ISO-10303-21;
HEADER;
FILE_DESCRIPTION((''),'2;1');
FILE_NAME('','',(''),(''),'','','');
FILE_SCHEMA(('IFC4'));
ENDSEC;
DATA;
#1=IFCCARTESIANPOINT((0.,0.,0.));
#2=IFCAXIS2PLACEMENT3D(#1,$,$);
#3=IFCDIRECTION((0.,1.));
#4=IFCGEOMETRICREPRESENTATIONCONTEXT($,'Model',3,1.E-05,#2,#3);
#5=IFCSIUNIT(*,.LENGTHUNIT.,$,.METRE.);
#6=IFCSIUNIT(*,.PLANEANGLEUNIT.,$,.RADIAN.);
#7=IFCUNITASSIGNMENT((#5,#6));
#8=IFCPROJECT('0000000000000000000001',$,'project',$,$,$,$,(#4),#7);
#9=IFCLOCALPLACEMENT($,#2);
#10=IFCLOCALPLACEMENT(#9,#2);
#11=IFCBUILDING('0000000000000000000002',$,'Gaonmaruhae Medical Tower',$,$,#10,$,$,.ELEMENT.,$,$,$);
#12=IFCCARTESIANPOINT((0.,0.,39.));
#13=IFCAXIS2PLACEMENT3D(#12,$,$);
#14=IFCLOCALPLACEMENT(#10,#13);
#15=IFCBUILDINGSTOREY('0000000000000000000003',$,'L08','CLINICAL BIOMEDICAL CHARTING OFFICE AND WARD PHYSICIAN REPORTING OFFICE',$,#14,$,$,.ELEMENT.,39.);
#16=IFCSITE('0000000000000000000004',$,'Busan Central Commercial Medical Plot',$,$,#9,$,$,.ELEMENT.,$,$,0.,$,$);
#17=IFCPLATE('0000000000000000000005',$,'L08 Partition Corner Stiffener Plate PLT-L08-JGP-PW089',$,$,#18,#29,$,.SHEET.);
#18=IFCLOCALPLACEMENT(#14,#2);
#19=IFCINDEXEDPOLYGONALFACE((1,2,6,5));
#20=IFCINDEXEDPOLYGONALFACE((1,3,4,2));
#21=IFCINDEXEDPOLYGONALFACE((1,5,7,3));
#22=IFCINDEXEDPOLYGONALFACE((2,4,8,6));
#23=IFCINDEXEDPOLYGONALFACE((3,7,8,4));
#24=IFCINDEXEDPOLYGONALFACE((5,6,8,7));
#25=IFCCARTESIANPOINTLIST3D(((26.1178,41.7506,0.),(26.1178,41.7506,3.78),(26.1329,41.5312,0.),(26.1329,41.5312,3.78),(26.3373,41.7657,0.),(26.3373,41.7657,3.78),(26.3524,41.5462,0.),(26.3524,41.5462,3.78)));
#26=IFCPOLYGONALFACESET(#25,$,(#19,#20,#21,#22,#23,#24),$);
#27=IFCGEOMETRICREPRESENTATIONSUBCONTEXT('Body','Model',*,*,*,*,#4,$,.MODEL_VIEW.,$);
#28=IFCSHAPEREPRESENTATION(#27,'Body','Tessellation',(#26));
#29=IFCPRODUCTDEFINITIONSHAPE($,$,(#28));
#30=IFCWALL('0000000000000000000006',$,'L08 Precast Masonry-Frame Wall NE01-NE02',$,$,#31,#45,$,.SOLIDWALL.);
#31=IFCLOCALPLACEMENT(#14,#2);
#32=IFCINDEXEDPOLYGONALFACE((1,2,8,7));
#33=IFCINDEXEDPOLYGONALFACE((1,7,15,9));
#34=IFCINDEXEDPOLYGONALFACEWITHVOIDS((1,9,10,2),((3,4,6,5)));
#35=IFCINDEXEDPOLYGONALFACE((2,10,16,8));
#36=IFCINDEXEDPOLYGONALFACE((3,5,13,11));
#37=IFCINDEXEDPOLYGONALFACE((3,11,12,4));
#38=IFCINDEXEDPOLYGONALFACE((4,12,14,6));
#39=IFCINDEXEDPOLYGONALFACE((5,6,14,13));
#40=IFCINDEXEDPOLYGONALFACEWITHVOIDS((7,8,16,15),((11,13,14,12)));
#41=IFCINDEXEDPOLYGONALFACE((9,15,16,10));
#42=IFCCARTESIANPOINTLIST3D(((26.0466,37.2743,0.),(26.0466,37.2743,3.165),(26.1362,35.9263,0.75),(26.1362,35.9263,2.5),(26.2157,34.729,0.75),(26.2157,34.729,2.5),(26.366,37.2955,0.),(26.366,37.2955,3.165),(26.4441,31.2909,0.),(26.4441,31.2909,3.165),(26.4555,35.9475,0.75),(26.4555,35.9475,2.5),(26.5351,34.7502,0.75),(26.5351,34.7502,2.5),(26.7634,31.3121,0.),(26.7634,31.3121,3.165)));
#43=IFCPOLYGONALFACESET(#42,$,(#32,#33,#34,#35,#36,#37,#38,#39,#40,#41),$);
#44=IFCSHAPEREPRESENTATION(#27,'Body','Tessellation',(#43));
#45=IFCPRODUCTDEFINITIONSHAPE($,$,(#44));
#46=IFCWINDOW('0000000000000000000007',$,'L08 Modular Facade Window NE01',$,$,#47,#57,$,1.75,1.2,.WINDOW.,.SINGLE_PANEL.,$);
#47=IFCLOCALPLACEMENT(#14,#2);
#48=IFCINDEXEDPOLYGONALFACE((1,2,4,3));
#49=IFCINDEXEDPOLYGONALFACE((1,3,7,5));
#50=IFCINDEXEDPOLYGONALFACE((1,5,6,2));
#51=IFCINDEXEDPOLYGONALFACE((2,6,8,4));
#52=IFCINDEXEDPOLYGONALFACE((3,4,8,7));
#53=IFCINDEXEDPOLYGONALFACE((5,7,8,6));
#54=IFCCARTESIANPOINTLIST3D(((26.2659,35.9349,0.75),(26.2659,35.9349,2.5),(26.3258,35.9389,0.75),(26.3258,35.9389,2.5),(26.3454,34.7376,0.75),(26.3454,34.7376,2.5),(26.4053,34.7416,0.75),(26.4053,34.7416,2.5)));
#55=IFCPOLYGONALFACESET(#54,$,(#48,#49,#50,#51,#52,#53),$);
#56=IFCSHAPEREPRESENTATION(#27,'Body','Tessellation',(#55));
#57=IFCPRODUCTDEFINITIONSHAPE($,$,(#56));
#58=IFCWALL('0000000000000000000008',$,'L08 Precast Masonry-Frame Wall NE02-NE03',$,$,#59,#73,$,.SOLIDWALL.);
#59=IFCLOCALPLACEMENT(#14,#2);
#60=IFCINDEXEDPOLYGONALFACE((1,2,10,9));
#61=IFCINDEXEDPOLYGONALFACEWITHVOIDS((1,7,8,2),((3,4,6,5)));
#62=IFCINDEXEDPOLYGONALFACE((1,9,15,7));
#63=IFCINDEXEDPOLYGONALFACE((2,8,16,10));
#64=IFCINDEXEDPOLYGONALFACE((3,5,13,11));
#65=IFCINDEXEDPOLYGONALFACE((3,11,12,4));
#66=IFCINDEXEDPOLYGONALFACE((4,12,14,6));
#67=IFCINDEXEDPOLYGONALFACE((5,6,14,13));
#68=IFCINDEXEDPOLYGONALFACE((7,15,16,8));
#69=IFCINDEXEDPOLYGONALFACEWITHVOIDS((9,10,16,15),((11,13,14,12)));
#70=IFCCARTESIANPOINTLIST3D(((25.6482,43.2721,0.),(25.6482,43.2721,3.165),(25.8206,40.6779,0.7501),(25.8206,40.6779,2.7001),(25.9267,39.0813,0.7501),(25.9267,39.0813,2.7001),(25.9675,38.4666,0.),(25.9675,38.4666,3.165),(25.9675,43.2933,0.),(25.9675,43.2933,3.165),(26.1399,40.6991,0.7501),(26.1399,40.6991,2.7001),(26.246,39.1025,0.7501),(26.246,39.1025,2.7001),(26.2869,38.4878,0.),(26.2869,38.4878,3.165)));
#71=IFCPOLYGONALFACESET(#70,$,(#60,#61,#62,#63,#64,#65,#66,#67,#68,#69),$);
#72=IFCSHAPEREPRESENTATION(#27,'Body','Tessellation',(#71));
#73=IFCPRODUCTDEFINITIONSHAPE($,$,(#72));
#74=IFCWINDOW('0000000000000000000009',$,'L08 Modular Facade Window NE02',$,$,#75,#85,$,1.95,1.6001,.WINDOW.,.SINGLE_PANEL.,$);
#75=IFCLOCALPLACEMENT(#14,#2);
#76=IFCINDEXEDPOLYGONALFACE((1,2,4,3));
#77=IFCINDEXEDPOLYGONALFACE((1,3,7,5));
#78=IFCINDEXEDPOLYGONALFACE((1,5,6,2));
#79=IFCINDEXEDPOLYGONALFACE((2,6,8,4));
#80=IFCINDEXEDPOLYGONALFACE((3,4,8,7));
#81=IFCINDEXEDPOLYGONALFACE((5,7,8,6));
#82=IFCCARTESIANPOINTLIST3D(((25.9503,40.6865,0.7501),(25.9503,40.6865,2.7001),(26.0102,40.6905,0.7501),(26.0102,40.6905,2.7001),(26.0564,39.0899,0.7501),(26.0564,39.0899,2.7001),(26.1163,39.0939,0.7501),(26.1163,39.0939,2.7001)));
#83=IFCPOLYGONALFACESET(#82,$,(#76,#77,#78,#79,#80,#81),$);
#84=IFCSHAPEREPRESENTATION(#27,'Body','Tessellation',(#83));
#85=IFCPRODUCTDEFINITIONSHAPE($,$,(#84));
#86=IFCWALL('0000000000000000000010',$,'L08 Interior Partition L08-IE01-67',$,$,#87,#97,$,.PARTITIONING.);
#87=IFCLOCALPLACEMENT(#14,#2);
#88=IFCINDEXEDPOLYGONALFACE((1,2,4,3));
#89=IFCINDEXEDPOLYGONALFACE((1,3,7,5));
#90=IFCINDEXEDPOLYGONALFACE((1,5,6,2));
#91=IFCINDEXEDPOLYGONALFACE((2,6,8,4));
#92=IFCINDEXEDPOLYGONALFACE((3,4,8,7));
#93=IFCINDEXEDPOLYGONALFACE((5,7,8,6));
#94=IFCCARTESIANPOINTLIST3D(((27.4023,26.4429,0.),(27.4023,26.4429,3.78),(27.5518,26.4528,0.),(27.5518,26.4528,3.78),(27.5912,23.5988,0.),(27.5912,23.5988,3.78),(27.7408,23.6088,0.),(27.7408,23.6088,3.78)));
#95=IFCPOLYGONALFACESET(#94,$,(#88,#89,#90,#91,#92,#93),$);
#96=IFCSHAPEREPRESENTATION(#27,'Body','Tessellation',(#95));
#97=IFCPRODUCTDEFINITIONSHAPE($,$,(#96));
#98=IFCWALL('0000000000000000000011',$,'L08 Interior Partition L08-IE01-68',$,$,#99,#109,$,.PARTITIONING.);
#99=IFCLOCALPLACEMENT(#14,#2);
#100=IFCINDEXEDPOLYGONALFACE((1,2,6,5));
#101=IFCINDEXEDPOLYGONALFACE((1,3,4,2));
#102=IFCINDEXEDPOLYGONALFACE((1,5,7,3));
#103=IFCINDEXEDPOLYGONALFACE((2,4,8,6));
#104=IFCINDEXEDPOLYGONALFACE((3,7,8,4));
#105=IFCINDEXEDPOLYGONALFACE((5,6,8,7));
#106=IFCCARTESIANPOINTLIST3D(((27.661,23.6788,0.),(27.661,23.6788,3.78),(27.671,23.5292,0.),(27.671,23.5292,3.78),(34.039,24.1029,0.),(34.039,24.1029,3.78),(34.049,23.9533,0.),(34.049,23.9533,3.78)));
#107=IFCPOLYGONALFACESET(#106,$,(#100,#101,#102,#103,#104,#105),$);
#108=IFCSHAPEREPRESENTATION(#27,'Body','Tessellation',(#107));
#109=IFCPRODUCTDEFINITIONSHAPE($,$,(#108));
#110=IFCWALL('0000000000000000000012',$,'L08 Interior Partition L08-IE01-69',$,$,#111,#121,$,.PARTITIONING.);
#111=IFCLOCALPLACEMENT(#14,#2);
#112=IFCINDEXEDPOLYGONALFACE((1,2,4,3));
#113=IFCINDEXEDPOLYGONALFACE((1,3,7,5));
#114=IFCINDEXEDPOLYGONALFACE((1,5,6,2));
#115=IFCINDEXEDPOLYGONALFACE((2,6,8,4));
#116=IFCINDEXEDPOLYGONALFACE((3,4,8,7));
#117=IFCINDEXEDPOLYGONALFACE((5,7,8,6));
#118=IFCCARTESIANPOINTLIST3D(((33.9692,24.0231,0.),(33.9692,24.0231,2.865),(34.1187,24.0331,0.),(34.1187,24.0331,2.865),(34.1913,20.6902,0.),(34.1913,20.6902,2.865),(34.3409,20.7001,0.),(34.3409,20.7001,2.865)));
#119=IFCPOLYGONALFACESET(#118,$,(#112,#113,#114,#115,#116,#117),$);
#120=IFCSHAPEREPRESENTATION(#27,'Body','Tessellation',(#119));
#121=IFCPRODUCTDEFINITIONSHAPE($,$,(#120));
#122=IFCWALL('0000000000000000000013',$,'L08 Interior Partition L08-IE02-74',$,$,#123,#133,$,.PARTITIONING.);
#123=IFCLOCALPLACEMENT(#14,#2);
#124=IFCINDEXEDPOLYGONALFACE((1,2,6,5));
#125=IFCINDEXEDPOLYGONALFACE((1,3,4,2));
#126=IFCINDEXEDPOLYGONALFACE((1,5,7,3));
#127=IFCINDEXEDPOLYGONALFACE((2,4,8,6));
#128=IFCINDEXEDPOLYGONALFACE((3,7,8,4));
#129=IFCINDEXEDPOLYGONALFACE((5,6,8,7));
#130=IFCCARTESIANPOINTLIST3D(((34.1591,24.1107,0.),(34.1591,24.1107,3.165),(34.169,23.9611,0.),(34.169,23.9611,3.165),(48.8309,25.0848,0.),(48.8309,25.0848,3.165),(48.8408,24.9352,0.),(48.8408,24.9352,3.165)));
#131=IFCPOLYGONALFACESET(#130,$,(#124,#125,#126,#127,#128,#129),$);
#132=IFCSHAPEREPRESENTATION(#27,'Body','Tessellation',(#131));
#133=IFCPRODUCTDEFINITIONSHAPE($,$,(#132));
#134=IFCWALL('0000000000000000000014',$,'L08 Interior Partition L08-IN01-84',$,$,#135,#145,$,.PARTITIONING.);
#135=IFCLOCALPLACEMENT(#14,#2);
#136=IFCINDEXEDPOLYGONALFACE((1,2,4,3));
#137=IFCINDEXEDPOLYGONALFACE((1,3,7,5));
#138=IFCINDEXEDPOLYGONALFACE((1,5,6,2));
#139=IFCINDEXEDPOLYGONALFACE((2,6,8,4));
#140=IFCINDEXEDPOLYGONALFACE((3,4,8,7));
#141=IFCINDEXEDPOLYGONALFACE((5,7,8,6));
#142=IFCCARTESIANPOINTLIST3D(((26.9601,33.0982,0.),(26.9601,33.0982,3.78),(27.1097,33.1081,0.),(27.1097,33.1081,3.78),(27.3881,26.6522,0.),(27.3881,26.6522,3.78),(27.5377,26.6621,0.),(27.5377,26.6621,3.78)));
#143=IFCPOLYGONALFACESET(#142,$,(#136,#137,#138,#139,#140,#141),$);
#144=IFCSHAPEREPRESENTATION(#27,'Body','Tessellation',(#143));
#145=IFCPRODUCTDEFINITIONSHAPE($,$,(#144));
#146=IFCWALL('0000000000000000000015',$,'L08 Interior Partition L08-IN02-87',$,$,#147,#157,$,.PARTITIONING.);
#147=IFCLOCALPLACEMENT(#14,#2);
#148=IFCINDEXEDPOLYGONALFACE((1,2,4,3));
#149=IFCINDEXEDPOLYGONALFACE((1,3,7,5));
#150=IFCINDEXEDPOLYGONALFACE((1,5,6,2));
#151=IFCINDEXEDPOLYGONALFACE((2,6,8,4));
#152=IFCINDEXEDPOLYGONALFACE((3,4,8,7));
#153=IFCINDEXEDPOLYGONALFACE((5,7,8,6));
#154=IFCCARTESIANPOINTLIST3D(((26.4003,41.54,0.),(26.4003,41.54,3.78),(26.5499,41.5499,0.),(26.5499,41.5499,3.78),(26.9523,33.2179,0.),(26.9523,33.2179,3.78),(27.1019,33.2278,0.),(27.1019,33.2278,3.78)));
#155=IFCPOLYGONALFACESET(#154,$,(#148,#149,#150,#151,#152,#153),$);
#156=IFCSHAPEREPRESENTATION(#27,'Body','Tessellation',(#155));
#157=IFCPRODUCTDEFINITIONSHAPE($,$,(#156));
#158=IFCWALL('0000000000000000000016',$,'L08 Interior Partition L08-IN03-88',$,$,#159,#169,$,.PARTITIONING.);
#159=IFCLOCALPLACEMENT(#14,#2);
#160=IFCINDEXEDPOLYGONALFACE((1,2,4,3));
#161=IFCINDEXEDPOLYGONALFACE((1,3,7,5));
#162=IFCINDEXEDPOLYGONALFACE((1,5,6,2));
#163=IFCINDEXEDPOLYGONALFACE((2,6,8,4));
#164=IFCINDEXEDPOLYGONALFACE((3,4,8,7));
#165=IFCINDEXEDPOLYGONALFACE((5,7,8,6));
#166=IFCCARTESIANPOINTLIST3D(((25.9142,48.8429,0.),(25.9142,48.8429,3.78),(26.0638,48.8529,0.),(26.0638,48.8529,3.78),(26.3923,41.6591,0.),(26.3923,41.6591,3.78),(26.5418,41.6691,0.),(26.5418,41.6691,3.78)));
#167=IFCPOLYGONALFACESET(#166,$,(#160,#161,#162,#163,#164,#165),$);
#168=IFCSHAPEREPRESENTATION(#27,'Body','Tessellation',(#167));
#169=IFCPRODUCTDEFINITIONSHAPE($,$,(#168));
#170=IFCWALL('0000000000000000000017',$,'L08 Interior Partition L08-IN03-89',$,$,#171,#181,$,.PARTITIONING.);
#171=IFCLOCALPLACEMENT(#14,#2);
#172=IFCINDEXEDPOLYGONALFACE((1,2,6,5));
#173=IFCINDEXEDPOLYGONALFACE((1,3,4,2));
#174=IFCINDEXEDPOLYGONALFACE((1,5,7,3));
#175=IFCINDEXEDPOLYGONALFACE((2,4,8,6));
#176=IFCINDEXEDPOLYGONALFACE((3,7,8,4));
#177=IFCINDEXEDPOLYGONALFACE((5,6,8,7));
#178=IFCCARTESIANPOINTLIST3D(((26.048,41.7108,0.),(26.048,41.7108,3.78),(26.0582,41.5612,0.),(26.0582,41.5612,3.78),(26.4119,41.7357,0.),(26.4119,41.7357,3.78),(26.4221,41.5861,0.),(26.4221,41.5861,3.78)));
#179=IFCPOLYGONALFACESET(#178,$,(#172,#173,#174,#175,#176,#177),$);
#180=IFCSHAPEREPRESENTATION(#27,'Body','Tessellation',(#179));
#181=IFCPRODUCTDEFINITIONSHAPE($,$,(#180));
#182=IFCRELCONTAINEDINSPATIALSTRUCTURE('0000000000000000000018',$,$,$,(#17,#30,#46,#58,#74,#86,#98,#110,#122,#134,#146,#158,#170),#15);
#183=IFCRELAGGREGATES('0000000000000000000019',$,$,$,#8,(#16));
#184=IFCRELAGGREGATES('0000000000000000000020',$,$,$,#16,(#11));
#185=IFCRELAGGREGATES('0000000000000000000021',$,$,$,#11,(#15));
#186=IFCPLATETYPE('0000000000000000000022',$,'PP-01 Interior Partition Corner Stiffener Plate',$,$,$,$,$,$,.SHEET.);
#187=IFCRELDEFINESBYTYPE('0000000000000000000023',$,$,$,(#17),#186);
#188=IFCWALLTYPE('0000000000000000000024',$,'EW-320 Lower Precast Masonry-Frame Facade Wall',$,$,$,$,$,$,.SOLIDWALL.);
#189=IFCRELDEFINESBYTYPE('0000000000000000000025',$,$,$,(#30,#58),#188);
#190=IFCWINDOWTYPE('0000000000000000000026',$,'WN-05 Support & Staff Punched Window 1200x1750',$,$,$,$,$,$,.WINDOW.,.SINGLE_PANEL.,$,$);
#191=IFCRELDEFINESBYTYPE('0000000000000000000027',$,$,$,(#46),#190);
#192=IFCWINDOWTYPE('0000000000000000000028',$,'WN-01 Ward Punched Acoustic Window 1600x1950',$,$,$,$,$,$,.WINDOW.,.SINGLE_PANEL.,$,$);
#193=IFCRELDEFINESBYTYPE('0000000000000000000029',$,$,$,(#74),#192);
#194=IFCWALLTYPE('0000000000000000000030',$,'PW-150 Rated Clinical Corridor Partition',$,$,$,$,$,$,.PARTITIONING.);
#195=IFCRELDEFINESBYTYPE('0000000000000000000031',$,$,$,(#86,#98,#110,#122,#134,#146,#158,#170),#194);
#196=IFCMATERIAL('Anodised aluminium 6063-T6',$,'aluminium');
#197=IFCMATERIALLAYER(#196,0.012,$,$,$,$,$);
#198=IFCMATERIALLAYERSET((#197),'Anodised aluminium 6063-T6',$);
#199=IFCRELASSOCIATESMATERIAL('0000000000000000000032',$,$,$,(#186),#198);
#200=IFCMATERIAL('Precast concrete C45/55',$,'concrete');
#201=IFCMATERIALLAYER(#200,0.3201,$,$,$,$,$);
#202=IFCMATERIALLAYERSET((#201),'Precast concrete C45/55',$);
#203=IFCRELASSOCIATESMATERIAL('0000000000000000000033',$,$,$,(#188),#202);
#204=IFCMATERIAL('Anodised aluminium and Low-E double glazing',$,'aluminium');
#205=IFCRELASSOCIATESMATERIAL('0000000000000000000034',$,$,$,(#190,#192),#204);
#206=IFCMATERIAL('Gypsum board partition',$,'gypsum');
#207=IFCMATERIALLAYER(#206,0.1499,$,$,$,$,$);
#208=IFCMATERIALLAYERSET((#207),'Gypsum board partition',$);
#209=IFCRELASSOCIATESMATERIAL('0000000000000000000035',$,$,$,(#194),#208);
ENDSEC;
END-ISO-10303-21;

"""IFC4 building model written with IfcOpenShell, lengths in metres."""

from ifc_helpers import new_model, si_unit, direction, frame, frame_2d, origin, origin_2d, place, context, subcontext, project, spatial, rectangle, extrude, material, layer, layer_set, type_object, element, fill, save


model = new_model("IFC4")

# Units and contexts
model_context = context("Model", 3, precision=1e-05, world=origin(), true_north=direction((0.0, 1.0)))
body_context = subcontext(model_context, "Body", "Model", "MODEL_VIEW")
ifc_project = project(units=[si_unit("LENGTHUNIT", "METRE"), si_unit("PLANEANGLEUNIT", "RADIAN")], contexts=[model_context])

# Site, building, storey
site_placement = place(None, origin())
site = spatial("IfcSite", under=ifc_project, at=site_placement, Name="Busan Central Commercial Medical Plot", CompositionType="ELEMENT", RefElevation=0.0)
building_placement = place(site_placement, origin())
building = spatial("IfcBuilding", under=site, at=building_placement, Name="Gaonmaruhae Medical Tower", CompositionType="ELEMENT")
storey_placement = place(building_placement, frame((0.0, 0.0, 39.0)))
storey = spatial("IfcBuildingStorey", under=building, at=storey_placement, Name="L08", Description="CLINICAL BIOMEDICAL CHARTING OFFICE AND WARD PHYSICIAN REPORTING OFFICE", CompositionType="ELEMENT", Elevation=39.0)

# Plate
ifc_material_1 = material(Name="Anodised aluminium 6063-T6", Category="aluminium")
ifc_layer_1 = layer(ifc_material_1, 0.012)
ifc_layer_set_1 = layer_set([ifc_layer_1], Name="Anodised aluminium 6063-T6")
plate_type = type_object("IfcPlateType", Name="PP-01 Interior Partition Corner Stiffener Plate", PredefinedType="SHEET", material=ifc_layer_set_1)
plate_placement = place(storey_placement, frame((26.2351, 41.6484, 0.0), z_axis=(0.0, 0.0, 1.0), x_axis=(-0.99765, -0.06852, 0.0)))
element("IfcPlate", 1, at=plate_placement, inside=storey, type_object=plate_type, Name="L08 Partition Corner Stiffener Plate PLT-L08-JGP-PW089", PredefinedType="SHEET", context=body_context, shape_type="SweptSolid", body=[
    extrude(rectangle(XDim=0.22, YDim=0.22, at=origin_2d()), origin(), (0.0, 0.0, 1.0), 3.78),
])

# Walls, openings, windows
ifc_material_2 = material(Name="Precast concrete C45/55", Category="concrete")
ifc_layer_2 = layer(ifc_material_2, 0.3201)
ifc_layer_set_2 = layer_set([ifc_layer_2], Name="Precast concrete C45/55")
wall_type_1 = type_object("IfcWallType", Name="EW-320 Lower Precast Masonry-Frame Facade Wall", PredefinedType="SOLIDWALL", material=ifc_layer_set_2)
wall_1_placement = place(storey_placement, frame((26.6038, 31.3015, 0.0), z_axis=(0.0, 0.0, 1.0), x_axis=(-0.066281, 0.997801, 0.0)))
wall_1 = element("IfcWall", 2, at=wall_1_placement, inside=storey, type_object=wall_type_1, Name="L08 Precast Masonry-Frame Wall NE01-NE02", PredefinedType="SOLIDWALL", context=body_context, shape_type="SweptSolid", body=[
    extrude(rectangle(XDim=5.9966, YDim=0.3201, at=frame_2d((2.9983, 0.0))), origin(), (0.0, 0.0, 1.0), 3.165),
])
opening_1_placement = place(wall_1_placement, frame((3.4456, 0.0, 0.75)))
opening_1 = element("IfcOpeningElement", 3, at=opening_1_placement, cuts=wall_1, PredefinedType="OPENING", context=body_context, shape_type="SweptSolid", body=[
    extrude(rectangle(XDim=1.2, YDim=1.75, at=frame_2d((0.6001, 0.875))), frame((0.0, 0.1699, 0.0), z_axis=(0.0, -1.0, 0.0), x_axis=(1.0, 0.0, 0.0)), (0.0, 0.0, 1.0), 0.3401),
])
ifc_material_3 = material(Name="Anodised aluminium and Low-E double glazing", Category="aluminium")
window_type_1 = type_object("IfcWindowType", Name="WN-05 Support & Staff Punched Window 1200x1750", PartitioningType="SINGLE_PANEL", PredefinedType="WINDOW", material=ifc_material_3)
window_1_placement = place(opening_1_placement, origin())
window_1 = element("IfcWindow", 4, at=window_1_placement, inside=storey, type_object=window_type_1, Name="L08 Modular Facade Window NE01", OverallHeight=1.75, OverallWidth=1.2, PartitioningType="SINGLE_PANEL", PredefinedType="WINDOW", context=body_context, shape_type="SweptSolid", body=[
    extrude(rectangle(XDim=1.2, YDim=1.75, at=frame_2d((0.6001, 0.875))), frame((0.0, 0.03, 0.0), z_axis=(0.0, -1.0, 0.0), x_axis=(1.0, 0.0, 0.0)), (0.0, 0.0, 1.0), 0.0601),
])
fill(opening_1, window_1)
wall_2_placement = place(storey_placement, frame((26.1272, 38.4771, 0.0), z_axis=(0.0, 0.0, 1.0), x_axis=(-0.066304, 0.997799, 0.0)))
wall_2 = element("IfcWall", 5, at=wall_2_placement, inside=storey, type_object=wall_type_1, Name="L08 Precast Masonry-Frame Wall NE02-NE03", PredefinedType="SOLIDWALL", context=body_context, shape_type="SweptSolid", body=[
    extrude(rectangle(XDim=4.8162, YDim=0.3201, at=frame_2d((2.4082, 0.0))), origin(), (0.0, 0.0, 1.0), 3.165),
])
opening_2_placement = place(wall_2_placement, frame((0.6162, 0.0, 0.75)))
opening_2 = element("IfcOpeningElement", 6, at=opening_2_placement, cuts=wall_2, PredefinedType="OPENING", context=body_context, shape_type="SweptSolid", body=[
    extrude(rectangle(XDim=1.6001, YDim=1.95, at=frame_2d((0.8, 0.9751))), frame((0.0, 0.1699, 0.0), z_axis=(0.0, -1.0, 0.0), x_axis=(1.0, 0.0, 0.0)), (0.0, 0.0, 1.0), 0.3401),
])
window_type_2 = type_object("IfcWindowType", Name="WN-01 Ward Punched Acoustic Window 1600x1950", PartitioningType="SINGLE_PANEL", PredefinedType="WINDOW", material=ifc_material_3)
window_2_placement = place(opening_2_placement, origin())
window_2 = element("IfcWindow", 7, at=window_2_placement, inside=storey, type_object=window_type_2, Name="L08 Modular Facade Window NE02", OverallHeight=1.95, OverallWidth=1.6001, PartitioningType="SINGLE_PANEL", PredefinedType="WINDOW", context=body_context, shape_type="SweptSolid", body=[
    extrude(rectangle(XDim=1.6001, YDim=1.95, at=frame_2d((0.8, 0.9751))), frame((0.0, 0.03, 0.0), z_axis=(0.0, -1.0, 0.0), x_axis=(1.0, 0.0, 0.0)), (0.0, 0.0, 1.0), 0.0601),
])
fill(opening_2, window_2)

# Walls
ifc_material_4 = material(Name="Gypsum board partition", Category="gypsum")
ifc_layer_3 = layer(ifc_material_4, 0.1499)
ifc_layer_set_3 = layer_set([ifc_layer_3], Name="Gypsum board partition")
wall_type_2 = type_object("IfcWallType", Name="PW-150 Rated Clinical Corridor Partition", PredefinedType="PARTITIONING", material=ifc_layer_set_3)
wall_3_placement = place(storey_placement, frame((27.4771, 26.448, 0.0), z_axis=(0.0, 0.0, 1.0), x_axis=(0.066297, -0.9978, 0.0)))
element("IfcWall", 8, at=wall_3_placement, inside=storey, type_object=wall_type_2, Name="L08 Interior Partition L08-IE01-67", PredefinedType="PARTITIONING", context=body_context, shape_type="SweptSolid", body=[
    extrude(rectangle(XDim=2.8503, YDim=0.1499, at=frame_2d((1.4253, 0.0))), origin(), (0.0, 0.0, 1.0), 3.78),
])
wall_4_placement = place(storey_placement, frame((27.666, 23.604, 0.0), z_axis=(0.0, 0.0, 1.0), x_axis=(0.997797, 0.066344, 0.0)))
element("IfcWall", 9, at=wall_4_placement, inside=storey, type_object=wall_type_2, Name="L08 Interior Partition L08-IE01-68", PredefinedType="PARTITIONING", context=body_context, shape_type="SweptSolid", body=[
    extrude(rectangle(XDim=6.3921, YDim=0.1499, at=frame_2d((3.196, 0.0))), origin(), (0.0, 0.0, 1.0), 3.78),
])
wall_5_placement = place(storey_placement, frame((34.0439, 24.0281, 0.0), z_axis=(0.0, 0.0, 1.0), x_axis=(0.066509, -0.997786, 0.0)))
element("IfcWall", 10, at=wall_5_placement, inside=storey, type_object=wall_type_2, Name="L08 Interior Partition L08-IE01-69", PredefinedType="PARTITIONING", context=body_context, shape_type="SweptSolid", body=[
    extrude(rectangle(XDim=3.3403, YDim=0.1499, at=frame_2d((1.6702, 0.0))), origin(), (0.0, 0.0, 1.0), 2.865),
])
wall_6_placement = place(storey_placement, frame((34.1641, 24.0359, 0.0), z_axis=(0.0, 0.0, 1.0), x_axis=(0.997803, 0.066248, 0.0)))
element("IfcWall", 11, at=wall_6_placement, inside=storey, type_object=wall_type_2, Name="L08 Interior Partition L08-IE02-74", PredefinedType="PARTITIONING", context=body_context, shape_type="SweptSolid", body=[
    extrude(rectangle(XDim=14.7041, YDim=0.1499, at=frame_2d((7.3521, 0.0))), origin(), (0.0, 0.0, 1.0), 3.165),
])
wall_7_placement = place(storey_placement, frame((27.0349, 33.103, 0.0), z_axis=(0.0, 0.0, 1.0), x_axis=(0.066248, -0.997803, 0.0)))
element("IfcWall", 12, at=wall_7_placement, inside=storey, type_object=wall_type_2, Name="L08 Interior Partition L08-IN01-84", PredefinedType="PARTITIONING", context=body_context, shape_type="SweptSolid", body=[
    extrude(rectangle(XDim=6.4602, YDim=0.1499, at=frame_2d((3.23, 0.0))), origin(), (0.0, 0.0, 1.0), 3.78),
])
wall_8_placement = place(storey_placement, frame((26.4751, 41.5449, 0.0), z_axis=(0.0, 0.0, 1.0), x_axis=(0.066185, -0.997807, 0.0)))
element("IfcWall", 13, at=wall_8_placement, inside=storey, type_object=wall_type_2, Name="L08 Interior Partition L08-IN02-87", PredefinedType="PARTITIONING", context=body_context, shape_type="SweptSolid", body=[
    extrude(rectangle(XDim=8.3403, YDim=0.1499, at=frame_2d((4.1702, 0.0))), origin(), (0.0, 0.0, 1.0), 3.78),
])
wall_9_placement = place(storey_placement, frame((25.989, 48.8479, 0.0), z_axis=(0.0, 0.0, 1.0), x_axis=(0.066395, -0.997793, 0.0)))
element("IfcWall", 14, at=wall_9_placement, inside=storey, type_object=wall_type_2, Name="L08 Interior Partition L08-IN03-88", PredefinedType="PARTITIONING", context=body_context, shape_type="SweptSolid", body=[
    extrude(rectangle(XDim=7.1997, YDim=0.1499, at=frame_2d((3.5999, 0.0))), origin(), (0.0, 0.0, 1.0), 3.78),
])
wall_10_placement = place(storey_placement, frame((26.417, 41.6609, 0.0), z_axis=(0.0, 0.0, 1.0), x_axis=(-0.997668, -0.068251, 0.0)))
element("IfcWall", 15, at=wall_10_placement, inside=storey, type_object=wall_type_2, Name="L08 Interior Partition L08-IN03-89", PredefinedType="PARTITIONING", context=body_context, shape_type="SweptSolid", body=[
    extrude(rectangle(XDim=0.3647, YDim=0.1499, at=frame_2d((0.1824, 0.0))), origin(), (0.0, 0.0, 1.0), 3.78),
])

save(model, "model.ifc")
